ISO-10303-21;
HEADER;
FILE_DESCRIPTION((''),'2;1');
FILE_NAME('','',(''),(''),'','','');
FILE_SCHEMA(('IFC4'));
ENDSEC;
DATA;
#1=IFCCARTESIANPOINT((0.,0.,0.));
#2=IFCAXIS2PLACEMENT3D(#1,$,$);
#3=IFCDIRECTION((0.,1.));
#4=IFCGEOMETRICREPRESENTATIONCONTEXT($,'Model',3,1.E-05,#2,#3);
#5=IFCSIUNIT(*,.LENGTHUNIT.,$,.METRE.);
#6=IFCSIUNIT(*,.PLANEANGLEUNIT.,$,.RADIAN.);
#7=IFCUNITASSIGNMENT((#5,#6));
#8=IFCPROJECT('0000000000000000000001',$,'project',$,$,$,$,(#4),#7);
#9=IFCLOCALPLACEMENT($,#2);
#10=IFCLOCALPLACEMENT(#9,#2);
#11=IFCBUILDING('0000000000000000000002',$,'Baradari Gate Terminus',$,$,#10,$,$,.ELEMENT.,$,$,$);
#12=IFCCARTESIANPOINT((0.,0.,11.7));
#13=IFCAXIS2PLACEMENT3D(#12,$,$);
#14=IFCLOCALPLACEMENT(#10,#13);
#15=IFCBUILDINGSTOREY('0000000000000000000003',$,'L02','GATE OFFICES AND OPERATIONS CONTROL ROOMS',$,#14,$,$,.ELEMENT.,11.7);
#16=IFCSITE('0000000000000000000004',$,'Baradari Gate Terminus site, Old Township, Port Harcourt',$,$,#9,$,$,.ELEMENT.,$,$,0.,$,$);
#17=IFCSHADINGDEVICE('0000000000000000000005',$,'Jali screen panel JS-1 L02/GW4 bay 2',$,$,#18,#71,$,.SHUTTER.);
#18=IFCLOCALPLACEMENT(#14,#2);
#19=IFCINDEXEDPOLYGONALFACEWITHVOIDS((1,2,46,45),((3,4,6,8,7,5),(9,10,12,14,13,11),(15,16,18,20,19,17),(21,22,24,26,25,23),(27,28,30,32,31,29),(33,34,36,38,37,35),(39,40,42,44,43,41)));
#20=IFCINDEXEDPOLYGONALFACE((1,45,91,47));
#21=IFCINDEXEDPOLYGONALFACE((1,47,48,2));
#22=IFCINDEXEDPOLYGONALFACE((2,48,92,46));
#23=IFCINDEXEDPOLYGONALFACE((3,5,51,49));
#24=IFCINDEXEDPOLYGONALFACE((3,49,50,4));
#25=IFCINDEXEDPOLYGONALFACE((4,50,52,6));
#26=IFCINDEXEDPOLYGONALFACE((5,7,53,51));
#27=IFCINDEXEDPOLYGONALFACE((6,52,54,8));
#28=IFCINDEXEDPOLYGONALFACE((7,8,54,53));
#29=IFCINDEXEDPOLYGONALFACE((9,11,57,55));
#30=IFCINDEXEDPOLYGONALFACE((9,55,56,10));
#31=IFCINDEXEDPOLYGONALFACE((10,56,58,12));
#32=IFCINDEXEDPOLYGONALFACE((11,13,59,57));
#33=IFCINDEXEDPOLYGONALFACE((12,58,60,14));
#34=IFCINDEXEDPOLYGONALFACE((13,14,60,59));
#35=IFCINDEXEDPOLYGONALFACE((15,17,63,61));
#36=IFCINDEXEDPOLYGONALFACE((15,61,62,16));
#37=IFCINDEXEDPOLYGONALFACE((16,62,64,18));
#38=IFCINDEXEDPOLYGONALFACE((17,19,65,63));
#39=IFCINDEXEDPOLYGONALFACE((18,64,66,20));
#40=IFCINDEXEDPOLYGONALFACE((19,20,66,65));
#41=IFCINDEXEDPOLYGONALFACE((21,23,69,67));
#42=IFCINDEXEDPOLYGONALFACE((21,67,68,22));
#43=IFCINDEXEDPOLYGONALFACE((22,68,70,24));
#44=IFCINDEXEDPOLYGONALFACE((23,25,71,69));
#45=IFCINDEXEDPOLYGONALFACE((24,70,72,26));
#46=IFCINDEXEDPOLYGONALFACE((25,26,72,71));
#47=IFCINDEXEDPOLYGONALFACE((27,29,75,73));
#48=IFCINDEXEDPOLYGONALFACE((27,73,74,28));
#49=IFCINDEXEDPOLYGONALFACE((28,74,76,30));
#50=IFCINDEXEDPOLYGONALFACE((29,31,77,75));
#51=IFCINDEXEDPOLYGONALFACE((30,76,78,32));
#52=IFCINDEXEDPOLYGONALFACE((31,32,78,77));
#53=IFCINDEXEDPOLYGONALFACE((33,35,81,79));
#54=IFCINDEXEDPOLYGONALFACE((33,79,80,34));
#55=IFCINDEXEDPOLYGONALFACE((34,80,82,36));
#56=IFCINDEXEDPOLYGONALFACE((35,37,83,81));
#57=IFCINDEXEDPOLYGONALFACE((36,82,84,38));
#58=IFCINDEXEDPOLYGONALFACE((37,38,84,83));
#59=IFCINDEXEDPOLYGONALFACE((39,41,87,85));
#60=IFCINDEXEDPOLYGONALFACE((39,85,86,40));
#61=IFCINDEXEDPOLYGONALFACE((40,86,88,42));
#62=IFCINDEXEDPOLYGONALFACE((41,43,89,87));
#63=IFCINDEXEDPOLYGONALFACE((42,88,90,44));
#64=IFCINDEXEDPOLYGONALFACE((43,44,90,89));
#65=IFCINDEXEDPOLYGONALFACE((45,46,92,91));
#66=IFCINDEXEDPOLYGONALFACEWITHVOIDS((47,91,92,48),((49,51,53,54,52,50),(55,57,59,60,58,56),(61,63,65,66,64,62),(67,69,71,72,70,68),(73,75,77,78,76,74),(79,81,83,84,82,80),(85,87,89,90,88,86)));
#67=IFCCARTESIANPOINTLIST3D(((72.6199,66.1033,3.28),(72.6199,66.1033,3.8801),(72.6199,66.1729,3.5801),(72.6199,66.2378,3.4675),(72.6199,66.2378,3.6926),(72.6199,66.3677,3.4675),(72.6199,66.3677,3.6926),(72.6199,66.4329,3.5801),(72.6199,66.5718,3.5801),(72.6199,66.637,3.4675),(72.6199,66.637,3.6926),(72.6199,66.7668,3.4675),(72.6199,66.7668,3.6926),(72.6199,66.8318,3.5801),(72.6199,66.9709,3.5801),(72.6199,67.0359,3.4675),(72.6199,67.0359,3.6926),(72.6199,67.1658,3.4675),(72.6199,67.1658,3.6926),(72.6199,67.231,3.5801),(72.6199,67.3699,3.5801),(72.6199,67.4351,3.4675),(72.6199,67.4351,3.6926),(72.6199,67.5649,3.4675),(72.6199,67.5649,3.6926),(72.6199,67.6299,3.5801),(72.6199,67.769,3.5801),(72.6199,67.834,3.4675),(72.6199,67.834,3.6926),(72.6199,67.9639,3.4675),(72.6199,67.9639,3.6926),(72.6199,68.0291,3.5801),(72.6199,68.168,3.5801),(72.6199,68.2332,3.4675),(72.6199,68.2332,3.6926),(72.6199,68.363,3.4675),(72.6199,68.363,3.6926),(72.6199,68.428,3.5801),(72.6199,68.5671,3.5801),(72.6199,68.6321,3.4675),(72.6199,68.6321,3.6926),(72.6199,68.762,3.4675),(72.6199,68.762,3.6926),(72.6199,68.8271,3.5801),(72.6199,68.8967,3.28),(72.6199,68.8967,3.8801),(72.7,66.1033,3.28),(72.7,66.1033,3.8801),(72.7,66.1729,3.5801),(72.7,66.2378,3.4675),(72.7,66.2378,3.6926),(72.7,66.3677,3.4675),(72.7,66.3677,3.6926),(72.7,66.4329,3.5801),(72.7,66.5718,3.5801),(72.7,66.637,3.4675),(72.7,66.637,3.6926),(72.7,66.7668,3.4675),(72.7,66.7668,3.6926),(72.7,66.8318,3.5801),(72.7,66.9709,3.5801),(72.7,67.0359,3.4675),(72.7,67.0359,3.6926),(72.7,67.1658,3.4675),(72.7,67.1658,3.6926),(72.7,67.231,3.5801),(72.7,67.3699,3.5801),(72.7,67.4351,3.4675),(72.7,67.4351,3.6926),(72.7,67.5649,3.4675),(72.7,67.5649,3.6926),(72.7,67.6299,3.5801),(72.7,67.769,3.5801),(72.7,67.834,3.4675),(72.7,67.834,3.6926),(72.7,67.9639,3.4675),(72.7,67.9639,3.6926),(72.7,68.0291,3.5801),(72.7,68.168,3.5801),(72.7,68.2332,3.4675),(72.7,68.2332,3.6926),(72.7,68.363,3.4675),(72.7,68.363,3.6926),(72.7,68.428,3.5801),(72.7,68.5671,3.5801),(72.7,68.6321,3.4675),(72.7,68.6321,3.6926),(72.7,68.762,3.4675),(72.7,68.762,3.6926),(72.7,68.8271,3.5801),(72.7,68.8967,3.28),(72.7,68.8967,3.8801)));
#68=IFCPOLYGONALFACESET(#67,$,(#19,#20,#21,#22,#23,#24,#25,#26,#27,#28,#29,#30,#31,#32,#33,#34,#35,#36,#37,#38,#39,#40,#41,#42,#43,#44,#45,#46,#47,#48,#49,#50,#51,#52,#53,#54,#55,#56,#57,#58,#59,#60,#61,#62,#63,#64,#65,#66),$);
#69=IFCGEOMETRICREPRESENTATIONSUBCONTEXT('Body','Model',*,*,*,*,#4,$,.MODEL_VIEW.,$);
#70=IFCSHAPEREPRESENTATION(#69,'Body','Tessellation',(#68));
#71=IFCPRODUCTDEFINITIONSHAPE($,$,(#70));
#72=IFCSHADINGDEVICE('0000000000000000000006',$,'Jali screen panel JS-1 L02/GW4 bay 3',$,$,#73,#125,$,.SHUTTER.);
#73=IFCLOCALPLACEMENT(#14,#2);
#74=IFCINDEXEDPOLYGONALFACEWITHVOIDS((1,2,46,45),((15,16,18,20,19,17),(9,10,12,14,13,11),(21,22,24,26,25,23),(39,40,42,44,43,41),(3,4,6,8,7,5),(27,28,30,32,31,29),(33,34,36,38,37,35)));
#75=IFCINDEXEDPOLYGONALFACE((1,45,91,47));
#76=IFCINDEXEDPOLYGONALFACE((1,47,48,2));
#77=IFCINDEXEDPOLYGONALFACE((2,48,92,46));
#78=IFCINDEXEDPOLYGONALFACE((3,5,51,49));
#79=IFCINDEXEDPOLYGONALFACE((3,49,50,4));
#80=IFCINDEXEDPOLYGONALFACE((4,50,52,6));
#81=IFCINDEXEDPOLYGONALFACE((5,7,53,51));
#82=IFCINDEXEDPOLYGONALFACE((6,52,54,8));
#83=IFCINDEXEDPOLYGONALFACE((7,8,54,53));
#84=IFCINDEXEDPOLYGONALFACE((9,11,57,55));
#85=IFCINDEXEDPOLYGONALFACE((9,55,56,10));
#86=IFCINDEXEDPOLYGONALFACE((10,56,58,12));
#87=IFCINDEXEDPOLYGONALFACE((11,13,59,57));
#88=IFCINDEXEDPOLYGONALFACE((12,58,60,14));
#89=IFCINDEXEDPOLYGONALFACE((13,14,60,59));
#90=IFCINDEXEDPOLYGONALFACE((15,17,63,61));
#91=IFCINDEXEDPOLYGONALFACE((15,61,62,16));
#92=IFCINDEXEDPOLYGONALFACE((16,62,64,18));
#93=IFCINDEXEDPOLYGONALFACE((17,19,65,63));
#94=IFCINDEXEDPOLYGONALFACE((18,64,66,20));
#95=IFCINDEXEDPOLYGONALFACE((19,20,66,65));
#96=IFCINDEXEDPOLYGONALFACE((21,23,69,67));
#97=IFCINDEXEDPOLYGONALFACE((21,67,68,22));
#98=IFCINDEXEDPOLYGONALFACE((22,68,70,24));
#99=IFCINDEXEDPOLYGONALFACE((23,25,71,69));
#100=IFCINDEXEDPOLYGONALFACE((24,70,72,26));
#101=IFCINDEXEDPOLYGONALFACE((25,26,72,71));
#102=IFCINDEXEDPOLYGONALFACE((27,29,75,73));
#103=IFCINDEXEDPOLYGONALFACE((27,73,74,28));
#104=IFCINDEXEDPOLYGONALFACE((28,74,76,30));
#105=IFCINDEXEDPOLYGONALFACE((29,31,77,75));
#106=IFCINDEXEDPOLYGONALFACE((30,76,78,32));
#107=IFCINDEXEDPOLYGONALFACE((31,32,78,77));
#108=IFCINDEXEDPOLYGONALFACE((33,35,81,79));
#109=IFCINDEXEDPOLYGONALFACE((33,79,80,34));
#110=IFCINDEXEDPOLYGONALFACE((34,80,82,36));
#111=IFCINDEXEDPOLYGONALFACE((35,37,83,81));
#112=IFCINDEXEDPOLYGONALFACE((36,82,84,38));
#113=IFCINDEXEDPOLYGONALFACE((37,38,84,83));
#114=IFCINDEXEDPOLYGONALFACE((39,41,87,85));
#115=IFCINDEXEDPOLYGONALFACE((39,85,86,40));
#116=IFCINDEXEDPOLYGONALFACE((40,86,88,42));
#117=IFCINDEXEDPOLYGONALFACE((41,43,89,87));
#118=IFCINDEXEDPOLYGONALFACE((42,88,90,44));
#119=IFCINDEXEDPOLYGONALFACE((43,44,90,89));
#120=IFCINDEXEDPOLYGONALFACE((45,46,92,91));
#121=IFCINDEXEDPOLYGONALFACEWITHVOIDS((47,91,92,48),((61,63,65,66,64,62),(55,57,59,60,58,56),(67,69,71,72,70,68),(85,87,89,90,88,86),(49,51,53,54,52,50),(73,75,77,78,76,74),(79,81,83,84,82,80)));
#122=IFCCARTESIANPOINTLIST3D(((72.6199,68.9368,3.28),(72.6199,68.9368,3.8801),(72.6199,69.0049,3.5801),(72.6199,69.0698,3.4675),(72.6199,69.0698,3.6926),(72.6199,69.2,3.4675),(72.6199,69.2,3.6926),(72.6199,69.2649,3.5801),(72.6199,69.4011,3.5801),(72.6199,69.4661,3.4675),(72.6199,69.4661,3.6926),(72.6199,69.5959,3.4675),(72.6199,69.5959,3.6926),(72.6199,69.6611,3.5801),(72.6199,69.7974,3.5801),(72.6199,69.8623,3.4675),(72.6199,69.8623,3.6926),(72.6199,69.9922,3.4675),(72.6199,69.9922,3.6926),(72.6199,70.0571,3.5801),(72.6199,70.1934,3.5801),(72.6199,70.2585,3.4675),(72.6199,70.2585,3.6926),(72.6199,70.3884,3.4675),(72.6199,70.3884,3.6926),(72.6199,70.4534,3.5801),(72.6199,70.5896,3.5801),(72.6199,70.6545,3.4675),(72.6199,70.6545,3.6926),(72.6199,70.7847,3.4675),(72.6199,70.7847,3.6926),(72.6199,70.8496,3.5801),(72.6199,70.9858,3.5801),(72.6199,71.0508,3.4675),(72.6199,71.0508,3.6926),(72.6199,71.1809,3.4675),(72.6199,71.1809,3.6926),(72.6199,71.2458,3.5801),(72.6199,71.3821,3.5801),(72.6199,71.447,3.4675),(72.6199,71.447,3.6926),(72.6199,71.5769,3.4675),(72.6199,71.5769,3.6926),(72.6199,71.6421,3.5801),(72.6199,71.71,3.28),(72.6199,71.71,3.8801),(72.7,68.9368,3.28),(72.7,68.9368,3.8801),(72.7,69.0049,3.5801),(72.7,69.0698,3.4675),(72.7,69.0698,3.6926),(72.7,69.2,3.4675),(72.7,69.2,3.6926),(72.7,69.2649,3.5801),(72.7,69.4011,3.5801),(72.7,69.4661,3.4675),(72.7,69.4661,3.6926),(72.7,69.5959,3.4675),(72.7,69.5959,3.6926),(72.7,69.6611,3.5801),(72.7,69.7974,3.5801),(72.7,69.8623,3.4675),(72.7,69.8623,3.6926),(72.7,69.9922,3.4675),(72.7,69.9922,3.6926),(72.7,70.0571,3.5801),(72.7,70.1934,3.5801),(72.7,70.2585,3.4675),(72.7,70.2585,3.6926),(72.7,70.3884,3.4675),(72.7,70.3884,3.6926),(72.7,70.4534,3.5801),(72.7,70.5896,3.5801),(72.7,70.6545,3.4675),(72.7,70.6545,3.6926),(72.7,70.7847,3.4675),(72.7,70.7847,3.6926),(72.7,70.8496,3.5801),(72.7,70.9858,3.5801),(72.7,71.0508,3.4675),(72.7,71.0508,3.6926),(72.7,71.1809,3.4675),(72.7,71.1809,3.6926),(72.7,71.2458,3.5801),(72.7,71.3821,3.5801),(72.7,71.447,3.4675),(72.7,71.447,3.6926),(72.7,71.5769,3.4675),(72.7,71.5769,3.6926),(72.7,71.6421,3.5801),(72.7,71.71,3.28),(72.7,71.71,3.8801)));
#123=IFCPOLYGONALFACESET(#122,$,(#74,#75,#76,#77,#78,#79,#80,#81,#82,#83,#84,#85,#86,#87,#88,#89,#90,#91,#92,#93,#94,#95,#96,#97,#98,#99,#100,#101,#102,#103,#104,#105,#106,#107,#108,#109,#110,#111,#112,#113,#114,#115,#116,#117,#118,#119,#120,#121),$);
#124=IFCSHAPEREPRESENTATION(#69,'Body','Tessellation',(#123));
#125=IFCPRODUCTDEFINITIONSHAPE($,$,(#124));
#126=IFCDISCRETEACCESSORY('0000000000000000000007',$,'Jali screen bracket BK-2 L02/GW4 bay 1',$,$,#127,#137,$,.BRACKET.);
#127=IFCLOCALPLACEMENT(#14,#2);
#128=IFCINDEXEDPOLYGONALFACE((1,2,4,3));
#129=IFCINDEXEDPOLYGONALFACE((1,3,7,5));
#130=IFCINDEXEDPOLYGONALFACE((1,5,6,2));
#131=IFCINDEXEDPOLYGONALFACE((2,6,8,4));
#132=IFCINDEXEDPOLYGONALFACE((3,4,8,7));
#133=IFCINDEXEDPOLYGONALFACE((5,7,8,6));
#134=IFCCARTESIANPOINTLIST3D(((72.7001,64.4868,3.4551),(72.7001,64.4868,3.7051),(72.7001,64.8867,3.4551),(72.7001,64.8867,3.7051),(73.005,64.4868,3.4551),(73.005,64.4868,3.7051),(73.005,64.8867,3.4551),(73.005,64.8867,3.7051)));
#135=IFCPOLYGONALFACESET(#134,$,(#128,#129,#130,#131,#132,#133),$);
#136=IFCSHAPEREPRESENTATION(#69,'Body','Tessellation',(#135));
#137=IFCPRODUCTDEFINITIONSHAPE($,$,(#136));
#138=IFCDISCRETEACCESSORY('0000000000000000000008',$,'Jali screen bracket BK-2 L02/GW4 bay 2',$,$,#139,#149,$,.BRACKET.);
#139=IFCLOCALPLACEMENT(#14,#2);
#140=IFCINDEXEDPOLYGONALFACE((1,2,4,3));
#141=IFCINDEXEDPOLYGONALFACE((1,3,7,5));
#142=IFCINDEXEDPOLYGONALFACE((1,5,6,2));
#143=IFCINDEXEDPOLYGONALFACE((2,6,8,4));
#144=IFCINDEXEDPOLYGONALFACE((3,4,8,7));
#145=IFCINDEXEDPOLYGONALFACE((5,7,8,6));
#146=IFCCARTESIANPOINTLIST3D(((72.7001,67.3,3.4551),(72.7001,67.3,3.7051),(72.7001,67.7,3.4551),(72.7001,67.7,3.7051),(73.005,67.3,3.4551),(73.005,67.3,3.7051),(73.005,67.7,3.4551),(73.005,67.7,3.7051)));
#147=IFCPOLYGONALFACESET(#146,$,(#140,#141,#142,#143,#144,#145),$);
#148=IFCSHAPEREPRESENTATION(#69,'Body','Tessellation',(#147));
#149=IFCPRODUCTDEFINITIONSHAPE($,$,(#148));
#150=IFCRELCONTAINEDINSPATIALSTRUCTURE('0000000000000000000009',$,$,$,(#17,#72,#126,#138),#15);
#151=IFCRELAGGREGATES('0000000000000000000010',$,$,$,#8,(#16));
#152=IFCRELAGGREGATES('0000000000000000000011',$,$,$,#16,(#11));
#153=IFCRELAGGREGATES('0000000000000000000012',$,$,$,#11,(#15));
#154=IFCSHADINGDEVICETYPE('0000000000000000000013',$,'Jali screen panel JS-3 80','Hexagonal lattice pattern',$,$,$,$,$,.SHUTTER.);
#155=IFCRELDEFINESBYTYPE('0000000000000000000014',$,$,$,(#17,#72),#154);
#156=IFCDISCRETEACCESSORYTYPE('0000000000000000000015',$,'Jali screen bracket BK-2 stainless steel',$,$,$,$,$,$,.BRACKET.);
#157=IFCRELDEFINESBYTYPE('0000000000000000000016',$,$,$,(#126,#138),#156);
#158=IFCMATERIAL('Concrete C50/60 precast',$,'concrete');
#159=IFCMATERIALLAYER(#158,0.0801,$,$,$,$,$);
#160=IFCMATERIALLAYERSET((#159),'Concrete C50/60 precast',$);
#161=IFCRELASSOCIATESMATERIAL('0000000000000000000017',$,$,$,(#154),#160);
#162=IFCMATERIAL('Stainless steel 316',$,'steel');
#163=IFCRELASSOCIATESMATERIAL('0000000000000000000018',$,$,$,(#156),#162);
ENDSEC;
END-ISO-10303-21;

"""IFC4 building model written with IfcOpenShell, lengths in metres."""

from ifc_helpers import new_model, si_unit, direction, frame, origin, origin_2d, place, context, subcontext, project, spatial, polyline, rectangle, outline, extrude, material, layer, layer_set, type_object, element, save


model = new_model("IFC4")

# Units and contexts
model_context = context("Model", 3, precision=1e-05, world=origin(), true_north=direction((0.0, 1.0)))
body_context = subcontext(model_context, "Body", "Model", "MODEL_VIEW")
ifc_project = project(units=[si_unit("LENGTHUNIT", "METRE"), si_unit("PLANEANGLEUNIT", "RADIAN")], contexts=[model_context])

# Site, building, storey
site_placement = place(None, origin())
site = spatial("IfcSite", under=ifc_project, at=site_placement, Name="Baradari Gate Terminus site, Old Township, Port Harcourt", CompositionType="ELEMENT", RefElevation=0.0)
building_placement = place(site_placement, origin())
building = spatial("IfcBuilding", under=site, at=building_placement, Name="Baradari Gate Terminus", CompositionType="ELEMENT")
storey_placement = place(building_placement, frame((0.0, 0.0, 11.7)))
storey = spatial("IfcBuildingStorey", under=building, at=storey_placement, Name="L02", Description="GATE OFFICES AND OPERATIONS CONTROL ROOMS", CompositionType="ELEMENT", Elevation=11.7)

# Shading devices
ifc_material_1 = material(Name="Concrete C50/60 precast", Category="concrete")
ifc_layer_1 = layer(ifc_material_1, 0.0801)
ifc_layer_set_1 = layer_set([ifc_layer_1], Name="Concrete C50/60 precast")
shading_device_type = type_object("IfcShadingDeviceType", Name="Jali screen panel JS-3 80", Description="Hexagonal lattice pattern", PredefinedType="SHUTTER", material=ifc_layer_set_1)
shading_device_1_placement = place(storey_placement, frame((72.6599, 66.1033, 3.28), z_axis=(0.0, 0.0, 1.0), x_axis=(0.0, 1.0, 0.0)))
element("IfcShadingDevice", 1, at=shading_device_1_placement, inside=storey, type_object=shading_device_type, Name="Jali screen panel JS-1 L02/GW4 bay 2", PredefinedType="SHUTTER", context=body_context, shape_type="SweptSolid", body=[
    extrude(outline(polyline([(0.0, 0.0), (2.7935, 0.0), (2.7935, 0.6001), (0.0, 0.6001), (0.0, 0.0)]), holes=[polyline([(0.3296, 0.3), (0.2644, 0.1875), (0.1345, 0.1875), (0.0696, 0.3), (0.1345, 0.4126), (0.2644, 0.4126), (0.3296, 0.3)]), polyline([(0.7285, 0.3), (0.6636, 0.1875), (0.5337, 0.1875), (0.4685, 0.3), (0.5337, 0.4126), (0.6636, 0.4126), (0.7285, 0.3)]), polyline([(1.1277, 0.3), (1.0625, 0.1875), (0.9326, 0.1875), (0.8677, 0.3), (0.9326, 0.4126), (1.0625, 0.4126), (1.1277, 0.3)]), polyline([(1.5266, 0.3), (1.4617, 0.1875), (1.3318, 0.1875), (1.2666, 0.3), (1.3318, 0.4126), (1.4617, 0.4126), (1.5266, 0.3)]), polyline([(1.9258, 0.3), (1.8606, 0.1875), (1.7307, 0.1875), (1.6658, 0.3), (1.7307, 0.4126), (1.8606, 0.4126), (1.9258, 0.3)]), polyline([(2.3247, 0.3), (2.2598, 0.1875), (2.1299, 0.1875), (2.0647, 0.3), (2.1299, 0.4126), (2.2598, 0.4126), (2.3247, 0.3)]), polyline([(2.7239, 0.3), (2.6587, 0.1875), (2.5288, 0.1875), (2.4639, 0.3), (2.5288, 0.4126), (2.6587, 0.4126), (2.7239, 0.3)])]), frame((0.0, 0.04, 0.0), z_axis=(0.0, -1.0, 0.0), x_axis=(1.0, 0.0, 0.0)), (0.0, 0.0, 1.0), 0.0801),
])
shading_device_2_placement = place(storey_placement, frame((72.6599, 68.9368, 3.28), z_axis=(0.0, 0.0, 1.0), x_axis=(0.0, 1.0, 0.0)))
element("IfcShadingDevice", 2, at=shading_device_2_placement, inside=storey, type_object=shading_device_type, Name="Jali screen panel JS-1 L02/GW4 bay 3", PredefinedType="SHUTTER", context=body_context, shape_type="SweptSolid", body=[
    extrude(outline(polyline([(0.0, 0.0), (2.7732, 0.0), (2.7732, 0.6001), (0.0, 0.6001), (0.0, 0.0)]), holes=[polyline([(0.3281, 0.3), (0.2632, 0.1875), (0.1331, 0.1875), (0.0681, 0.3), (0.1331, 0.4126), (0.2632, 0.4126), (0.3281, 0.3)]), polyline([(0.7244, 0.3), (0.6592, 0.1875), (0.5293, 0.1875), (0.4644, 0.3), (0.5293, 0.4126), (0.6592, 0.4126), (0.7244, 0.3)]), polyline([(1.1204, 0.3), (1.0554, 0.1875), (0.9255, 0.1875), (0.8606, 0.3), (0.9255, 0.4126), (1.0554, 0.4126), (1.1204, 0.3)]), polyline([(1.5166, 0.3), (1.4517, 0.1875), (1.3218, 0.1875), (1.2566, 0.3), (1.3218, 0.4126), (1.4517, 0.4126), (1.5166, 0.3)]), polyline([(1.9128, 0.3), (1.8479, 0.1875), (1.7178, 0.1875), (1.6528, 0.3), (1.7178, 0.4126), (1.8479, 0.4126), (1.9128, 0.3)]), polyline([(2.3091, 0.3), (2.2441, 0.1875), (2.114, 0.1875), (2.0491, 0.3), (2.114, 0.4126), (2.2441, 0.4126), (2.3091, 0.3)]), polyline([(2.7053, 0.3), (2.6401, 0.1875), (2.5103, 0.1875), (2.4453, 0.3), (2.5103, 0.4126), (2.6401, 0.4126), (2.7053, 0.3)])]), frame((0.0, 0.04, 0.0), z_axis=(0.0, -1.0, 0.0), x_axis=(1.0, 0.0, 0.0)), (0.0, 0.0, 1.0), 0.0801),
])

# Discrete accessories
ifc_material_2 = material(Name="Stainless steel 316", Category="steel")
discrete_accessory_type = type_object("IfcDiscreteAccessoryType", Name="Jali screen bracket BK-2 stainless steel", PredefinedType="BRACKET", material=ifc_material_2)
for number, where, z_axis, x_axis, name in (
    (3, (72.8525, 64.6868, 3.4551), (0.0, 0.0, 1.0), (-1.0, 0.0, 0.0), "Jali screen bracket BK-2 L02/GW4 bay 1"),
    (4, (72.8525, 67.5, 3.4551), (0.0, 0.0, 1.0), (-1.0, 0.0, 0.0), "Jali screen bracket BK-2 L02/GW4 bay 2"),
):
    element("IfcDiscreteAccessory", number, at=place(storey_placement, frame(where, z_axis=z_axis, x_axis=x_axis)), inside=storey, type_object=discrete_accessory_type, Name=name, PredefinedType="BRACKET", context=body_context, shape_type="SweptSolid", body=[
        extrude(rectangle(XDim=0.3049, YDim=0.3999, at=origin_2d()), origin(), (0.0, 0.0, 1.0), 0.25),
    ])

save(model, "model.ifc")
